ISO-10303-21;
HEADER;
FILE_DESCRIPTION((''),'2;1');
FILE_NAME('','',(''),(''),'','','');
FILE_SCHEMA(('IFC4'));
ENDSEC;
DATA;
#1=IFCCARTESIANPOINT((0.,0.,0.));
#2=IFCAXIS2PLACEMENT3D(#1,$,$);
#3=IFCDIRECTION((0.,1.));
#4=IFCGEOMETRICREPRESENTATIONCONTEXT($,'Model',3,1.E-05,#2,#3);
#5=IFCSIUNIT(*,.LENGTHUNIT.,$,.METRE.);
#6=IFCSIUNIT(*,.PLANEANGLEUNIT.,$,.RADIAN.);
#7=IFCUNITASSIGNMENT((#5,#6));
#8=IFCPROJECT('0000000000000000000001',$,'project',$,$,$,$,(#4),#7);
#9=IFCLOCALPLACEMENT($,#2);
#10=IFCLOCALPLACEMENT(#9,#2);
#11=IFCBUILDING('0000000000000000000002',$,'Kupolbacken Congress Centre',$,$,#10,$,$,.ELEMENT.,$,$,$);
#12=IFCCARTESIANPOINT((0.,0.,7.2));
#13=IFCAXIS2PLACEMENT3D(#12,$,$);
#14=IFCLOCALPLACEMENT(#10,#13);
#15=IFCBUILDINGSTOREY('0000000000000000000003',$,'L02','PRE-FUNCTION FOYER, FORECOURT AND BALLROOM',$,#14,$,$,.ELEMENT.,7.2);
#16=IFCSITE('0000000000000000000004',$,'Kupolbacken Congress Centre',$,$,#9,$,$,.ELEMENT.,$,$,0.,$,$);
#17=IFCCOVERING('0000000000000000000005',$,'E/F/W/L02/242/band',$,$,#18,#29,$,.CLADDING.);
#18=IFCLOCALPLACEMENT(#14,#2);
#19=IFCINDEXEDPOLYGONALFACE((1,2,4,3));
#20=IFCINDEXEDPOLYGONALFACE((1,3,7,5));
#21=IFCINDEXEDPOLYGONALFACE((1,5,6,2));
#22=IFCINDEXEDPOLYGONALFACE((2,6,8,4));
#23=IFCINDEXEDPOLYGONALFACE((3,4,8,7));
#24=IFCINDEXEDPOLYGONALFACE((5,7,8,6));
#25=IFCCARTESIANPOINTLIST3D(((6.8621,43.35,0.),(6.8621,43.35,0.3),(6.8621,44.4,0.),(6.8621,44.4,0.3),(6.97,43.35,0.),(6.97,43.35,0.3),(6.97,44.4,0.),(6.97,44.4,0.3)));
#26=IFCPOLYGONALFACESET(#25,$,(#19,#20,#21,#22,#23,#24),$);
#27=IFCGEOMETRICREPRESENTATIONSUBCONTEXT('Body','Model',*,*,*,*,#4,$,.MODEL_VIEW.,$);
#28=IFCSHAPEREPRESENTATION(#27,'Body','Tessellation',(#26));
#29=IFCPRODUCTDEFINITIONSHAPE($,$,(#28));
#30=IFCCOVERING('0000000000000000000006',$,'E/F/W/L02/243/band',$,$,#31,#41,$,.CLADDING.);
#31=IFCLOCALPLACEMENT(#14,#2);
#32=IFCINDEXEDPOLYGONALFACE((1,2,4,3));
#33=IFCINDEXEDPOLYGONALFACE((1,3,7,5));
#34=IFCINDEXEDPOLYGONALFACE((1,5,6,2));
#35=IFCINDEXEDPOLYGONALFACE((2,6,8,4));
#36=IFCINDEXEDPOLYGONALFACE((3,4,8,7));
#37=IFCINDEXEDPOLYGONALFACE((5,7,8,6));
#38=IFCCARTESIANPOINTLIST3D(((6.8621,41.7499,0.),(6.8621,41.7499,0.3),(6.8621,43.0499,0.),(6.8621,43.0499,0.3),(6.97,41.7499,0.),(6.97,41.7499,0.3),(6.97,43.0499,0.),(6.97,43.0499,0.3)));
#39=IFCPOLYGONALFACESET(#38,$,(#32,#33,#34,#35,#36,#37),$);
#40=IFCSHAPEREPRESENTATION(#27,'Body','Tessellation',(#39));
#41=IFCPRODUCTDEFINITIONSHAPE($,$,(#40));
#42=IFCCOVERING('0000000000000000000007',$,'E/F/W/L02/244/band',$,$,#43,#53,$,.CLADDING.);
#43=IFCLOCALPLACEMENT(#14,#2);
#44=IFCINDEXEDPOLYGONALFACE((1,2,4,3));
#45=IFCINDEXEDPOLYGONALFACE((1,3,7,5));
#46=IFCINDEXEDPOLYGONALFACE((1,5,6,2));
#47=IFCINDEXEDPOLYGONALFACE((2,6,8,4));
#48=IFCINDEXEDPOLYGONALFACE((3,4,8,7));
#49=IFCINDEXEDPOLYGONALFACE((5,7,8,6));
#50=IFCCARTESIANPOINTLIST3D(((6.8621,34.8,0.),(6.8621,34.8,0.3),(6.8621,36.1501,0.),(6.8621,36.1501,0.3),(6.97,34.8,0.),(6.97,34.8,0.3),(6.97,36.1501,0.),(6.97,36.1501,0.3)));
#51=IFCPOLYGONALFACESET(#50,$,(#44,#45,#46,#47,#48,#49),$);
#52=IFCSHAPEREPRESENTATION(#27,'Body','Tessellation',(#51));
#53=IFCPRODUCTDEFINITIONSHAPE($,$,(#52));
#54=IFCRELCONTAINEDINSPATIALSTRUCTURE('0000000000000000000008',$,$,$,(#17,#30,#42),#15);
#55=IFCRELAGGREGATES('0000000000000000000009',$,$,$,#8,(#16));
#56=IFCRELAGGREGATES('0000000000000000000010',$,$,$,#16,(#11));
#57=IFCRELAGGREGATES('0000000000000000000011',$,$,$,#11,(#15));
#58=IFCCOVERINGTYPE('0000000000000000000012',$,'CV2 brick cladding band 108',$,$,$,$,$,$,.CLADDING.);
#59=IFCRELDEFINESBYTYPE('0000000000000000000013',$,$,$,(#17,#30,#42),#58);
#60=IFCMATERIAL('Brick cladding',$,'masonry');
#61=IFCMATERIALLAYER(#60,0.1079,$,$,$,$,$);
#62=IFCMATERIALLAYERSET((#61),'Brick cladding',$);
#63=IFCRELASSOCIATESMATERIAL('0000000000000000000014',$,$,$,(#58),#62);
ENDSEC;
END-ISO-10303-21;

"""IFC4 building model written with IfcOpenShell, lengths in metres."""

from ifc_helpers import new_model, si_unit, direction, frame, origin, origin_2d, place, context, subcontext, project, spatial, rectangle, extrude, material, layer, layer_set, type_object, element, save


model = new_model("IFC4")

# Units and contexts
model_context = context("Model", 3, precision=1e-05, world=origin(), true_north=direction((0.0, 1.0)))
body_context = subcontext(model_context, "Body", "Model", "MODEL_VIEW")
ifc_project = project(units=[si_unit("LENGTHUNIT", "METRE"), si_unit("PLANEANGLEUNIT", "RADIAN")], contexts=[model_context])

# Site, building, storey
site_placement = place(None, origin())
site = spatial("IfcSite", under=ifc_project, at=site_placement, Name="Kupolbacken Congress Centre", CompositionType="ELEMENT", RefElevation=0.0)
building_placement = place(site_placement, origin())
building = spatial("IfcBuilding", under=site, at=building_placement, Name="Kupolbacken Congress Centre", CompositionType="ELEMENT")
storey_placement = place(building_placement, frame((0.0, 0.0, 7.2)))
storey = spatial("IfcBuildingStorey", under=building, at=storey_placement, Name="L02", Description="PRE-FUNCTION FOYER, FORECOURT AND BALLROOM", CompositionType="ELEMENT", Elevation=7.2)

# Coverings
ifc_material_1 = material(Name="Brick cladding", Category="masonry")
ifc_layer_1 = layer(ifc_material_1, 0.1079)
ifc_layer_set_1 = layer_set([ifc_layer_1], Name="Brick cladding")
covering_type = type_object("IfcCoveringType", Name="CV2 brick cladding band 108", PredefinedType="CLADDING", material=ifc_layer_set_1)
covering_1_placement = place(storey_placement, frame((6.916, 43.875, 0.0), z_axis=(0.0, 0.0, 1.0), x_axis=(0.0, -1.0, 0.0)))
element("IfcCovering", 1, at=covering_1_placement, inside=storey, type_object=covering_type, Name="E/F/W/L02/242/band", PredefinedType="CLADDING", context=body_context, shape_type="SweptSolid", body=[
    extrude(rectangle(XDim=1.05, YDim=0.1079, at=origin_2d()), origin(), (0.0, 0.0, 1.0), 0.3),
])
covering_2_placement = place(storey_placement, frame((6.916, 42.3999, 0.0), z_axis=(0.0, 0.0, 1.0), x_axis=(0.0, -1.0, 0.0)))
element("IfcCovering", 2, at=covering_2_placement, inside=storey, type_object=covering_type, Name="E/F/W/L02/243/band", PredefinedType="CLADDING", context=body_context, shape_type="SweptSolid", body=[
    extrude(rectangle(XDim=1.3, YDim=0.1079, at=origin_2d()), origin(), (0.0, 0.0, 1.0), 0.3),
])
covering_3_placement = place(storey_placement, frame((6.916, 35.4751, 0.0), z_axis=(0.0, 0.0, 1.0), x_axis=(0.0, -1.0, 0.0)))
element("IfcCovering", 3, at=covering_3_placement, inside=storey, type_object=covering_type, Name="E/F/W/L02/244/band", PredefinedType="CLADDING", context=body_context, shape_type="SweptSolid", body=[
    extrude(rectangle(XDim=1.3501, YDim=0.1079, at=origin_2d()), origin(), (0.0, 0.0, 1.0), 0.3),
])

save(model, "model.ifc")
